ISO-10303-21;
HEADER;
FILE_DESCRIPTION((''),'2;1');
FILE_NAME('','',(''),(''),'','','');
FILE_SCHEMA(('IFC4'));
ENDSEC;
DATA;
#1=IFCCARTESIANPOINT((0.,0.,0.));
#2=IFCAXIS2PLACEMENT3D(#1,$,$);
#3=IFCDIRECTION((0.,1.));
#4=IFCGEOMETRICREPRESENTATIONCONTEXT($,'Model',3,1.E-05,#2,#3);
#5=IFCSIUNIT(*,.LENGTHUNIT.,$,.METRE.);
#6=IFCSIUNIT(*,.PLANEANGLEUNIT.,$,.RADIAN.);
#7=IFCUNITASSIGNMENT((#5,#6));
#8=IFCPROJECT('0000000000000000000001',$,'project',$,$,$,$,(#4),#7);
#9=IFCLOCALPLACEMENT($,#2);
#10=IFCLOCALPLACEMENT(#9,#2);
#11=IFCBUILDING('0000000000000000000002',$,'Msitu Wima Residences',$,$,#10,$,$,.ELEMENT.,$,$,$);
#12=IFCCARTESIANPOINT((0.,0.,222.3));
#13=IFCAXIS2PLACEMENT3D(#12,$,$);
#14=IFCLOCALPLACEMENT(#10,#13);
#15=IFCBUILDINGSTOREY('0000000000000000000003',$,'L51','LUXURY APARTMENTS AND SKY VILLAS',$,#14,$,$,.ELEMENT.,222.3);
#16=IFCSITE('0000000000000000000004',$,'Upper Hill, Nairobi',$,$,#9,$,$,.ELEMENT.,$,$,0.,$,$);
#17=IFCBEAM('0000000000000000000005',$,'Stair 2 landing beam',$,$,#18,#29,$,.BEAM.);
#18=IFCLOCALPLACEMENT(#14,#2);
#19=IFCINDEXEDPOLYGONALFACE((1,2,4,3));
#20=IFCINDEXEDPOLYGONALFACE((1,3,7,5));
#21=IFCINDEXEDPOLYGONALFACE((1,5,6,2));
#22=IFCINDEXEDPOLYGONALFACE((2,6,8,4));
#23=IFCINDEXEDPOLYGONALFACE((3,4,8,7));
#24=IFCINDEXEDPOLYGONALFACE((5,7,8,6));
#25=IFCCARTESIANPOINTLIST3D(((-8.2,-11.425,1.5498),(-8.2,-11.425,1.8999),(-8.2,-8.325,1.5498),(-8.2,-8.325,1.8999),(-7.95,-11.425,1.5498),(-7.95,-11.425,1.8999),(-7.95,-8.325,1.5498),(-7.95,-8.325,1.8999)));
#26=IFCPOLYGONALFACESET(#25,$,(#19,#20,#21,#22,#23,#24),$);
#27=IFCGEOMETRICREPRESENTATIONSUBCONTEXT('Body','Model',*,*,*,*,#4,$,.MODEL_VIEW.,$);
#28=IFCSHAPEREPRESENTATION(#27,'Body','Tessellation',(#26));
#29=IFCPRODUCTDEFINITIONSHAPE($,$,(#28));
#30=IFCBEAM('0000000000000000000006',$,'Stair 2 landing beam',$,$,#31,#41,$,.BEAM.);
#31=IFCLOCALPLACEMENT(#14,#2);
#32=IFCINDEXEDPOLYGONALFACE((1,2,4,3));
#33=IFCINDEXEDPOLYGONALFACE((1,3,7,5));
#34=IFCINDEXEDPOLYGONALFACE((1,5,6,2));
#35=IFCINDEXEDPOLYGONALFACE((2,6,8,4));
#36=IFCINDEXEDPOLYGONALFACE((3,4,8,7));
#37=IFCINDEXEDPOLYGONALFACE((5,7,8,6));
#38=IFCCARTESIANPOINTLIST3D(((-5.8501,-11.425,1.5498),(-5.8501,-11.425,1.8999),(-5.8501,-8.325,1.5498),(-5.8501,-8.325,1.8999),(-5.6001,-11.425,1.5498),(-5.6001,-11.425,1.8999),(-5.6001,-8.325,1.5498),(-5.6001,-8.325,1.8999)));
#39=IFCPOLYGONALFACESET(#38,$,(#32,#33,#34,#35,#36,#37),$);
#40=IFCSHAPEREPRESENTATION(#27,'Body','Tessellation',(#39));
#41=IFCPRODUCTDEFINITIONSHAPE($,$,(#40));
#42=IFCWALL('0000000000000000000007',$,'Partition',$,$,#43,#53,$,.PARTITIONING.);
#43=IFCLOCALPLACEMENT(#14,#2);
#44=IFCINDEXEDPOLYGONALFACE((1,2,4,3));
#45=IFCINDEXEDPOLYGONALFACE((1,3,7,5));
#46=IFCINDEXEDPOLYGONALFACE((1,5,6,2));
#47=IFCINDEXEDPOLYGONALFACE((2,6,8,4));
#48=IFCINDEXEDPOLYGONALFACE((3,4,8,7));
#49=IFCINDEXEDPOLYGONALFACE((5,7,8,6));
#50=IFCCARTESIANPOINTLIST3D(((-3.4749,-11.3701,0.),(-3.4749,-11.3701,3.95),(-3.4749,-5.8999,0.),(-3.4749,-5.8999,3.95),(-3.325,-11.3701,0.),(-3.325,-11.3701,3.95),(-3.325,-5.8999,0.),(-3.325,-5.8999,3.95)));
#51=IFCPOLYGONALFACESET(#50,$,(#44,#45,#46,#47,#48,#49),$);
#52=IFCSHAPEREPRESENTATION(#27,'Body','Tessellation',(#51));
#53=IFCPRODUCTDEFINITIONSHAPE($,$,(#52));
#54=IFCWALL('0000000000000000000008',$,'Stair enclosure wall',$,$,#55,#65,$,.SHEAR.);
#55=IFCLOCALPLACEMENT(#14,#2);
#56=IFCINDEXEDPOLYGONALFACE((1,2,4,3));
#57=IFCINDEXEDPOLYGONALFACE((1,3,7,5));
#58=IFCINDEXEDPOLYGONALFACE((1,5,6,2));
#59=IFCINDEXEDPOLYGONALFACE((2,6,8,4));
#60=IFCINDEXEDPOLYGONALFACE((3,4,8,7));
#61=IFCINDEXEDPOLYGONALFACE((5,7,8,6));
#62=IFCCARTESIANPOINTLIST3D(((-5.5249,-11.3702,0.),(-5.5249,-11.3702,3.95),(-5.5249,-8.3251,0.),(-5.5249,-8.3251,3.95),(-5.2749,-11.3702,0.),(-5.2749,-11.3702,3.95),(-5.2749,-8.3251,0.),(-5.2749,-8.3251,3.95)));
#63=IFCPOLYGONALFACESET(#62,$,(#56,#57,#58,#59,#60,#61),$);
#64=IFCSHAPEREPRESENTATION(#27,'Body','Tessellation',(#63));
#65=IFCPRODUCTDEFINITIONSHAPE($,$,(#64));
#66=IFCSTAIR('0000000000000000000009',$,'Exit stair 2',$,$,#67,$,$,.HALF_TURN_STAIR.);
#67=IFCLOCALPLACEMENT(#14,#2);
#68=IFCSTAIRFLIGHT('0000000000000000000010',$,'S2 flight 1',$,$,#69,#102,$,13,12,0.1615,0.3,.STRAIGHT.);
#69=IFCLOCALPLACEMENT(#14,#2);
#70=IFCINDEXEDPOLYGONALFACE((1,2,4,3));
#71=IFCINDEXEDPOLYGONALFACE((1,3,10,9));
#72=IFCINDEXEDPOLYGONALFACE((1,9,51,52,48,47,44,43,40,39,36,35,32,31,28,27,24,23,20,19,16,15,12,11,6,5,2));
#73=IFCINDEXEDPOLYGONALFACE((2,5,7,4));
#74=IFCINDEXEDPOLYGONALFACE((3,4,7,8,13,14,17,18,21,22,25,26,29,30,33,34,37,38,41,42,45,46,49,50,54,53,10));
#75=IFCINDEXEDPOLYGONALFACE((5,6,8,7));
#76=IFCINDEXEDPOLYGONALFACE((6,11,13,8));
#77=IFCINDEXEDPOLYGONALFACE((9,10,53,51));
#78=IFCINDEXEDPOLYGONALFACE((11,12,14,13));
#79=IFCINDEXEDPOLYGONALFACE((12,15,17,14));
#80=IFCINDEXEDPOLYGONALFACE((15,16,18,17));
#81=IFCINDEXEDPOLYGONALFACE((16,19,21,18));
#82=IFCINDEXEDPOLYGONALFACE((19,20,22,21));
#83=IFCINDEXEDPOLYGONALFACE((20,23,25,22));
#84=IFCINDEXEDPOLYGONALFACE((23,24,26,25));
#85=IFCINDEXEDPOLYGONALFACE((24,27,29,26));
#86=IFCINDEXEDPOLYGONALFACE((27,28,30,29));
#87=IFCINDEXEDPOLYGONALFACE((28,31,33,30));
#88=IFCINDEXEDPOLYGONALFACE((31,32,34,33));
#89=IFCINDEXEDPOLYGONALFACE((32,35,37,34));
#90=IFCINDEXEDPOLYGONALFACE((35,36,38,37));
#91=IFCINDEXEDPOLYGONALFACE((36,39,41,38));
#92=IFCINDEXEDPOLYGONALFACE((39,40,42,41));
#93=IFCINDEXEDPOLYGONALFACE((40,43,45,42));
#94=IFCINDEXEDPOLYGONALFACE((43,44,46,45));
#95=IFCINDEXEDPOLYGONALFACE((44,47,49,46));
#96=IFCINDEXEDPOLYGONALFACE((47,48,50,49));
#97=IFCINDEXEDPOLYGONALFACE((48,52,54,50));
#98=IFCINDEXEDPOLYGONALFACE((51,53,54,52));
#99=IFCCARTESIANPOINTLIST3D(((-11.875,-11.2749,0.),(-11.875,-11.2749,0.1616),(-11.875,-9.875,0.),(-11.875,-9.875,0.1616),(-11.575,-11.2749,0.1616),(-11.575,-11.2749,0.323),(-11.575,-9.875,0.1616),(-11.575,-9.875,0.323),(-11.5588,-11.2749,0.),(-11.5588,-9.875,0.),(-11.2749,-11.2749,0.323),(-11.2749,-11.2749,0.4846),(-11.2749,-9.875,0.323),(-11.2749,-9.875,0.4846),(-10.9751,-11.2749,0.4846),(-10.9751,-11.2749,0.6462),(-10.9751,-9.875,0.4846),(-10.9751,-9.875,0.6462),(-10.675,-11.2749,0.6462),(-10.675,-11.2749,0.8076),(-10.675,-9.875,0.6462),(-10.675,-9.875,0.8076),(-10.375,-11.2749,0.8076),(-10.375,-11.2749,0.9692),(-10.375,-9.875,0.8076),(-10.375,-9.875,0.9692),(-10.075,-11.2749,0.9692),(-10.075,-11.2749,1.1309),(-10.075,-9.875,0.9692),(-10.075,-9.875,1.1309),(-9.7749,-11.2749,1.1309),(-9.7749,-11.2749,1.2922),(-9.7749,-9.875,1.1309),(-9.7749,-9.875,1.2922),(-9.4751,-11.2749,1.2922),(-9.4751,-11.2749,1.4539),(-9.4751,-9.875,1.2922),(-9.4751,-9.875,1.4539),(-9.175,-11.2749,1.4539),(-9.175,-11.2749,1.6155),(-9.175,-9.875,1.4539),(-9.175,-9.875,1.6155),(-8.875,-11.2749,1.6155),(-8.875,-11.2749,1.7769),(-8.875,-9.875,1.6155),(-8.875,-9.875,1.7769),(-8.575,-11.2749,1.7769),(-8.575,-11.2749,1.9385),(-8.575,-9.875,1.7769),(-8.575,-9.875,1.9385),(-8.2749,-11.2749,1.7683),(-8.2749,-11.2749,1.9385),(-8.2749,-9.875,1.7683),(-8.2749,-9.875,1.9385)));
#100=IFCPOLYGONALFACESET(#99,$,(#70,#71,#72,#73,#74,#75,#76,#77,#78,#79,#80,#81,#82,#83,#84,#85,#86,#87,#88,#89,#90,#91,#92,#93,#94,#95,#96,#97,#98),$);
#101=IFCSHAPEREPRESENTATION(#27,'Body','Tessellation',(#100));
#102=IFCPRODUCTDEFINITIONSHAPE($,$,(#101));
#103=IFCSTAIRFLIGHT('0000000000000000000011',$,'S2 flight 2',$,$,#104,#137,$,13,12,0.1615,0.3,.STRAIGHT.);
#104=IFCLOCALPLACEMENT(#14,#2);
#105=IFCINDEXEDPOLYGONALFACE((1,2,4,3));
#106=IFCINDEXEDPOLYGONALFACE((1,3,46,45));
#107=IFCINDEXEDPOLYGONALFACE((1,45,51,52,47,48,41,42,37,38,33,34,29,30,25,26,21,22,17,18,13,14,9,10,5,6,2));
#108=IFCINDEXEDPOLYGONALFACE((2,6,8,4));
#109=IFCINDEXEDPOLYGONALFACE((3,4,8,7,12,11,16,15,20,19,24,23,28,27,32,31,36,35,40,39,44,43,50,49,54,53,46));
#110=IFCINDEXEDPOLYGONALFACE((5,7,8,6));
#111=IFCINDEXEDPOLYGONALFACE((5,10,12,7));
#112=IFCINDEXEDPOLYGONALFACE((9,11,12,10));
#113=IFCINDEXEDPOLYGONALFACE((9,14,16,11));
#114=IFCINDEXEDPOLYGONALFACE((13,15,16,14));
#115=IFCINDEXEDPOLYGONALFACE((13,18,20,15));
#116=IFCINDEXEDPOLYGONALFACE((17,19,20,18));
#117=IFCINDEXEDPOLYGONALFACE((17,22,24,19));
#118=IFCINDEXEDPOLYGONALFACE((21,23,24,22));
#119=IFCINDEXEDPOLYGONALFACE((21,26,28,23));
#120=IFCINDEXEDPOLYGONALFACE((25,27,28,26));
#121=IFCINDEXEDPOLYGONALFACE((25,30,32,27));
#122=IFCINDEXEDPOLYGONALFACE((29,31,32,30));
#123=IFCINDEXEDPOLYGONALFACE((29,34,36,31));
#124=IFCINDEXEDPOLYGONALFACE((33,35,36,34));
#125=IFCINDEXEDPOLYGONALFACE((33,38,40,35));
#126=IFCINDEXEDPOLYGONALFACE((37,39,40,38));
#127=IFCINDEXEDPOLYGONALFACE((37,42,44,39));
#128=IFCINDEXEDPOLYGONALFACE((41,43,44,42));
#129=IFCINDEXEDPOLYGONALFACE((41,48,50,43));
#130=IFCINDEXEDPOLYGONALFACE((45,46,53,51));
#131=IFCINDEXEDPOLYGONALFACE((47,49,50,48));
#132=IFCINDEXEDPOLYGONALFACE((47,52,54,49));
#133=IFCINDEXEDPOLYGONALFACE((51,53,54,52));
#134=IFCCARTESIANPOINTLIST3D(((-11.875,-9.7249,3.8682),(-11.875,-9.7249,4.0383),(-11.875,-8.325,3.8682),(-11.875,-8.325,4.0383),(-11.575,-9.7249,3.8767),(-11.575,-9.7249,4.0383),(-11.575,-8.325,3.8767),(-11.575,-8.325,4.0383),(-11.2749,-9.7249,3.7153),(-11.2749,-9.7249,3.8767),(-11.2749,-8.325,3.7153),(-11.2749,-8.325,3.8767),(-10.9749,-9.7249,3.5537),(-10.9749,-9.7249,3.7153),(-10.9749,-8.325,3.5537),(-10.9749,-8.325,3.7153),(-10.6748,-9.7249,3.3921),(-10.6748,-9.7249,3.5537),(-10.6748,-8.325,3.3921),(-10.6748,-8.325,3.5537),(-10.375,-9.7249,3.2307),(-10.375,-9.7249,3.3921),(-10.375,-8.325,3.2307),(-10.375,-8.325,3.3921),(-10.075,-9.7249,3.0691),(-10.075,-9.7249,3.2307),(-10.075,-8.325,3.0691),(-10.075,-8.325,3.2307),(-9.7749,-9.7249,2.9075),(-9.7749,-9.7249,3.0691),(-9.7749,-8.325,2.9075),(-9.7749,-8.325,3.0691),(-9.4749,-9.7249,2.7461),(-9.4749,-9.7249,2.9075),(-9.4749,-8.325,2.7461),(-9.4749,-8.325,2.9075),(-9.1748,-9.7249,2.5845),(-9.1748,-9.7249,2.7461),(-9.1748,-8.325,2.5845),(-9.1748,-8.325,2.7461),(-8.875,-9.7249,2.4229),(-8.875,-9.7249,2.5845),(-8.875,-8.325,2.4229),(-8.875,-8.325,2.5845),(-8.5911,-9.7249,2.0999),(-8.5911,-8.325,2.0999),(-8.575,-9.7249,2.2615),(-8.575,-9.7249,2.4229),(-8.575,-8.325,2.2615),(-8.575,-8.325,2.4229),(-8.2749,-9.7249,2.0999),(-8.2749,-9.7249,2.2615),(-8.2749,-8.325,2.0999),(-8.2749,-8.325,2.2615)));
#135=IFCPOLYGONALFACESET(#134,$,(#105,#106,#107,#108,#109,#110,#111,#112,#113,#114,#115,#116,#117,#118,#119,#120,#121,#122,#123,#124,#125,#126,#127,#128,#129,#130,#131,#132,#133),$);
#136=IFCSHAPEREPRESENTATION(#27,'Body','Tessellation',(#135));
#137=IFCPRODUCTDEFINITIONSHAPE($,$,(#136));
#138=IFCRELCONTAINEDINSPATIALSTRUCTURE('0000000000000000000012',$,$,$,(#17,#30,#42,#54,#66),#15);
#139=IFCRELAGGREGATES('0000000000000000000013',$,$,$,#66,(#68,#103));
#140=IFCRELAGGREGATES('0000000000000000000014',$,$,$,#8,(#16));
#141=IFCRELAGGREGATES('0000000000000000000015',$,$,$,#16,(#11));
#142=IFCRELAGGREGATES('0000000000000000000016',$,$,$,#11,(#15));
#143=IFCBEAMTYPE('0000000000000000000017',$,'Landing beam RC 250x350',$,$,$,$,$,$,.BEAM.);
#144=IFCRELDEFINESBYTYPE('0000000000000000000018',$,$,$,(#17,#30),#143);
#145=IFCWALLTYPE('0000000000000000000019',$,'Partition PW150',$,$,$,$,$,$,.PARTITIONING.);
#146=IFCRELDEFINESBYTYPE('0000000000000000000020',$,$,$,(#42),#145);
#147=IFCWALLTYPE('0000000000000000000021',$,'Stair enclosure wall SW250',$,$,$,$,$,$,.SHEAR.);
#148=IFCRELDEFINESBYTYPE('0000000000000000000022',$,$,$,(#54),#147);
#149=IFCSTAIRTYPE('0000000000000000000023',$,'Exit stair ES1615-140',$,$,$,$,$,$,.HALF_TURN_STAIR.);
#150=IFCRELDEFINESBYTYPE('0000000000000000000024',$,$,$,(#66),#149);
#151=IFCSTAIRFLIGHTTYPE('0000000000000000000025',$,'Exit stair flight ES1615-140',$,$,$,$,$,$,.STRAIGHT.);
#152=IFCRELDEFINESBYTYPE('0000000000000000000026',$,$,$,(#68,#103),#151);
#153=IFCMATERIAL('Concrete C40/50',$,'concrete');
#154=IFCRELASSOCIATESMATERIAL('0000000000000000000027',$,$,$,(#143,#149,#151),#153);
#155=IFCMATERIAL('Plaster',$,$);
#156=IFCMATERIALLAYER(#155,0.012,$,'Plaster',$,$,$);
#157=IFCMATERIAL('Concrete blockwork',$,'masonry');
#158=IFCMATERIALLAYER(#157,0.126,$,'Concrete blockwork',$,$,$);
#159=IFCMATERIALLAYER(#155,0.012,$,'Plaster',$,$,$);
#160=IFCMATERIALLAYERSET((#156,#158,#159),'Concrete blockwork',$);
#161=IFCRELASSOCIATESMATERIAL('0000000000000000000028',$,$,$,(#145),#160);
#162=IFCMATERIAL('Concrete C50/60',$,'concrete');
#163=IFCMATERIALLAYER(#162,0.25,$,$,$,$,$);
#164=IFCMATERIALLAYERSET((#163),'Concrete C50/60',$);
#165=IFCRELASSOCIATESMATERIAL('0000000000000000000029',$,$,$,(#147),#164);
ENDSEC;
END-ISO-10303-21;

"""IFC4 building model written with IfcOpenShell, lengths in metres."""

from ifc_helpers import new_model, si_unit, direction, frame, frame_2d, origin, origin_2d, place, context, subcontext, project, spatial, polyline, rectangle, outline, extrude, material, layer, layer_set, material_profile, profile_set, type_object, element, aggregate, save


model = new_model("IFC4")

# Units and contexts
model_context = context("Model", 3, precision=1e-05, world=origin(), true_north=direction((0.0, 1.0)))
body_context = subcontext(model_context, "Body", "Model", "MODEL_VIEW")
ifc_project = project(units=[si_unit("LENGTHUNIT", "METRE"), si_unit("PLANEANGLEUNIT", "RADIAN")], contexts=[model_context])

# Site, building, storey
site_placement = place(None, origin())
site = spatial("IfcSite", under=ifc_project, at=site_placement, Name="Upper Hill, Nairobi", CompositionType="ELEMENT", RefElevation=0.0)
building_placement = place(site_placement, origin())
building = spatial("IfcBuilding", under=site, at=building_placement, Name="Msitu Wima Residences", CompositionType="ELEMENT")
storey_placement = place(building_placement, frame((0.0, 0.0, 222.3)))
storey = spatial("IfcBuildingStorey", under=building, at=storey_placement, Name="L51", Description="LUXURY APARTMENTS AND SKY VILLAS", CompositionType="ELEMENT", Elevation=222.3)

# Beams
ifc_material_1 = material(Name="Concrete C40/50", Category="concrete")
ifc_material_profile = material_profile(ifc_material_1, rectangle(XDim=0.25, YDim=0.3501, at=origin_2d()), Name="RC 250x350")
ifc_profile_set = profile_set([ifc_material_profile], Name="Concrete C40/50")
beam_type = type_object("IfcBeamType", Name="Landing beam RC 250x350", PredefinedType="BEAM", material=ifc_profile_set)
for number, where, z_axis, x_axis, name in (
    (1, (-8.075, -11.425, 1.7249), (0.0, 1.0, 0.0), (-1.0, 0.0, 0.0), "Stair 2 landing beam"),
    (2, (-5.7251, -11.425, 1.7249), (0.0, 1.0, 0.0), (-1.0, 0.0, 0.0), "Stair 2 landing beam"),
):
    element("IfcBeam", number, at=place(storey_placement, frame(where, z_axis=z_axis, x_axis=x_axis)), inside=storey, type_object=beam_type, Name=name, PredefinedType="BEAM", context=body_context, shape_type="SweptSolid", body=[
        extrude(rectangle(XDim=0.25, YDim=0.3501, at=origin_2d()), origin(), (0.0, 0.0, 1.0), 3.1001),
    ])

# Walls
ifc_material_2 = material(Name="Plaster")
ifc_layer_1 = layer(ifc_material_2, 0.012, Name="Plaster")
ifc_material_3 = material(Name="Concrete blockwork", Category="masonry")
ifc_layer_2 = layer(ifc_material_3, 0.126, Name="Concrete blockwork")
ifc_layer_3 = layer(ifc_material_2, 0.012, Name="Plaster")
ifc_layer_set_1 = layer_set([ifc_layer_1, ifc_layer_2, ifc_layer_3], Name="Concrete blockwork")
wall_type_1 = type_object("IfcWallType", Name="Partition PW150", PredefinedType="PARTITIONING", material=ifc_layer_set_1)
wall_1_placement = place(storey_placement, frame((-3.3999, -11.3701, 0.0), z_axis=(0.0, 0.0, 1.0), x_axis=(0.0, 1.0, 0.0)))
element("IfcWall", 3, at=wall_1_placement, inside=storey, type_object=wall_type_1, Name="Partition", PredefinedType="PARTITIONING", context=body_context, shape_type="SweptSolid", body=[
    extrude(rectangle(XDim=5.4702, YDim=0.1499, at=frame_2d((2.7351, 0.0))), origin(), (0.0, 0.0, 1.0), 3.95),
])
ifc_material_4 = material(Name="Concrete C50/60", Category="concrete")
ifc_layer_4 = layer(ifc_material_4, 0.25)
ifc_layer_set_2 = layer_set([ifc_layer_4], Name="Concrete C50/60")
wall_type_2 = type_object("IfcWallType", Name="Stair enclosure wall SW250", PredefinedType="SHEAR", material=ifc_layer_set_2)
wall_2_placement = place(storey_placement, frame((-5.3999, -11.3701, 0.0), z_axis=(0.0, 0.0, 1.0), x_axis=(0.0, 1.0, 0.0)))
element("IfcWall", 4, at=wall_2_placement, inside=storey, type_object=wall_type_2, Name="Stair enclosure wall", PredefinedType="SHEAR", context=body_context, shape_type="SweptSolid", body=[
    extrude(rectangle(XDim=3.0452, YDim=0.25, at=frame_2d((1.5225, 0.0))), origin(), (0.0, 0.0, 1.0), 3.95),
])

# Stair, stair flights
stair_type = type_object("IfcStairType", Name="Exit stair ES1615-140", PredefinedType="HALF_TURN_STAIR", material=ifc_material_1)
stair_placement = place(storey_placement, origin())
stair = element("IfcStair", 5, at=stair_placement, inside=storey, type_object=stair_type, Name="Exit stair 2", PredefinedType="HALF_TURN_STAIR")
stair_flight_type = type_object("IfcStairFlightType", Name="Exit stair flight ES1615-140", PredefinedType="STRAIGHT", material=ifc_material_1)
stair_flight_1_placement = place(storey_placement, frame((-11.875, -10.575, 0.0), z_axis=(0.0, 0.0, 1.0), x_axis=(1.0, 0.0, 0.0)))
stair_flight_1 = element("IfcStairFlight", 6, at=stair_flight_1_placement, type_object=stair_flight_type, Name="S2 flight 1", NumberOfRisers=13, NumberOfTreads=12, PredefinedType="STRAIGHT", RiserHeight=0.1615, TreadLength=0.3, context=body_context, shape_type="SweptSolid", body=[
    extrude(outline(polyline([(0.0, 0.0), (0.0, 0.1616), (0.3, 0.1616), (0.3, 0.323), (0.6001, 0.323), (0.6001, 0.4846), (0.8999, 0.4846), (0.8999, 0.6462), (1.2, 0.6462), (1.2, 0.8076), (1.5, 0.8076), (1.5, 0.9692), (1.8, 0.9692), (1.8, 1.1309), (2.1001, 1.1309), (2.1001, 1.2922), (2.3999, 1.2922), (2.3999, 1.4539), (2.7, 1.4539), (2.7, 1.6155), (3.0, 1.6155), (3.0, 1.7769), (3.3, 1.7769), (3.3, 1.9385), (3.6001, 1.9385), (3.6001, 2.1001), (3.6001, 1.7683), (0.3162, 0.0), (0.0, 0.0)])), frame((0.0, 0.7, 0.0), z_axis=(0.0, -1.0, 0.0), x_axis=(1.0, 0.0, 0.0)), (0.0, 0.0, 1.0), 1.3999),
])
stair_flight_2_placement = place(storey_placement, frame((-8.2749, -9.0249, 2.0999), z_axis=(0.0, 0.0, 1.0), x_axis=(-1.0, 0.0, 0.0)))
stair_flight_2 = element("IfcStairFlight", 7, at=stair_flight_2_placement, type_object=stair_flight_type, Name="S2 flight 2", NumberOfRisers=13, NumberOfTreads=12, PredefinedType="STRAIGHT", RiserHeight=0.1615, TreadLength=0.3, context=body_context, shape_type="SweptSolid", body=[
    extrude(outline(polyline([(0.0, 0.0), (0.0, 0.1616), (0.3, 0.1616), (0.3, 0.323), (0.6001, 0.323), (0.6001, 0.4846), (0.8999, 0.4846), (0.8999, 0.6462), (1.2, 0.6462), (1.2, 0.8076), (1.5, 0.8076), (1.5, 0.9692), (1.8, 0.9692), (1.8, 1.1309), (2.1001, 1.1309), (2.1001, 1.2922), (2.3999, 1.2922), (2.3999, 1.4539), (2.7, 1.4539), (2.7, 1.6155), (3.0, 1.6155), (3.0, 1.7769), (3.3, 1.7769), (3.3, 1.9385), (3.6001, 1.9385), (3.6001, 2.1001), (3.6001, 1.7683), (0.3162, 0.0), (0.0, 0.0)])), frame((0.0, 0.7, 0.0), z_axis=(0.0, -1.0, 0.0), x_axis=(1.0, 0.0, 0.0)), (0.0, 0.0, 1.0), 1.3999),
])
aggregate(stair, [stair_flight_1, stair_flight_2])

save(model, "model.ifc")
